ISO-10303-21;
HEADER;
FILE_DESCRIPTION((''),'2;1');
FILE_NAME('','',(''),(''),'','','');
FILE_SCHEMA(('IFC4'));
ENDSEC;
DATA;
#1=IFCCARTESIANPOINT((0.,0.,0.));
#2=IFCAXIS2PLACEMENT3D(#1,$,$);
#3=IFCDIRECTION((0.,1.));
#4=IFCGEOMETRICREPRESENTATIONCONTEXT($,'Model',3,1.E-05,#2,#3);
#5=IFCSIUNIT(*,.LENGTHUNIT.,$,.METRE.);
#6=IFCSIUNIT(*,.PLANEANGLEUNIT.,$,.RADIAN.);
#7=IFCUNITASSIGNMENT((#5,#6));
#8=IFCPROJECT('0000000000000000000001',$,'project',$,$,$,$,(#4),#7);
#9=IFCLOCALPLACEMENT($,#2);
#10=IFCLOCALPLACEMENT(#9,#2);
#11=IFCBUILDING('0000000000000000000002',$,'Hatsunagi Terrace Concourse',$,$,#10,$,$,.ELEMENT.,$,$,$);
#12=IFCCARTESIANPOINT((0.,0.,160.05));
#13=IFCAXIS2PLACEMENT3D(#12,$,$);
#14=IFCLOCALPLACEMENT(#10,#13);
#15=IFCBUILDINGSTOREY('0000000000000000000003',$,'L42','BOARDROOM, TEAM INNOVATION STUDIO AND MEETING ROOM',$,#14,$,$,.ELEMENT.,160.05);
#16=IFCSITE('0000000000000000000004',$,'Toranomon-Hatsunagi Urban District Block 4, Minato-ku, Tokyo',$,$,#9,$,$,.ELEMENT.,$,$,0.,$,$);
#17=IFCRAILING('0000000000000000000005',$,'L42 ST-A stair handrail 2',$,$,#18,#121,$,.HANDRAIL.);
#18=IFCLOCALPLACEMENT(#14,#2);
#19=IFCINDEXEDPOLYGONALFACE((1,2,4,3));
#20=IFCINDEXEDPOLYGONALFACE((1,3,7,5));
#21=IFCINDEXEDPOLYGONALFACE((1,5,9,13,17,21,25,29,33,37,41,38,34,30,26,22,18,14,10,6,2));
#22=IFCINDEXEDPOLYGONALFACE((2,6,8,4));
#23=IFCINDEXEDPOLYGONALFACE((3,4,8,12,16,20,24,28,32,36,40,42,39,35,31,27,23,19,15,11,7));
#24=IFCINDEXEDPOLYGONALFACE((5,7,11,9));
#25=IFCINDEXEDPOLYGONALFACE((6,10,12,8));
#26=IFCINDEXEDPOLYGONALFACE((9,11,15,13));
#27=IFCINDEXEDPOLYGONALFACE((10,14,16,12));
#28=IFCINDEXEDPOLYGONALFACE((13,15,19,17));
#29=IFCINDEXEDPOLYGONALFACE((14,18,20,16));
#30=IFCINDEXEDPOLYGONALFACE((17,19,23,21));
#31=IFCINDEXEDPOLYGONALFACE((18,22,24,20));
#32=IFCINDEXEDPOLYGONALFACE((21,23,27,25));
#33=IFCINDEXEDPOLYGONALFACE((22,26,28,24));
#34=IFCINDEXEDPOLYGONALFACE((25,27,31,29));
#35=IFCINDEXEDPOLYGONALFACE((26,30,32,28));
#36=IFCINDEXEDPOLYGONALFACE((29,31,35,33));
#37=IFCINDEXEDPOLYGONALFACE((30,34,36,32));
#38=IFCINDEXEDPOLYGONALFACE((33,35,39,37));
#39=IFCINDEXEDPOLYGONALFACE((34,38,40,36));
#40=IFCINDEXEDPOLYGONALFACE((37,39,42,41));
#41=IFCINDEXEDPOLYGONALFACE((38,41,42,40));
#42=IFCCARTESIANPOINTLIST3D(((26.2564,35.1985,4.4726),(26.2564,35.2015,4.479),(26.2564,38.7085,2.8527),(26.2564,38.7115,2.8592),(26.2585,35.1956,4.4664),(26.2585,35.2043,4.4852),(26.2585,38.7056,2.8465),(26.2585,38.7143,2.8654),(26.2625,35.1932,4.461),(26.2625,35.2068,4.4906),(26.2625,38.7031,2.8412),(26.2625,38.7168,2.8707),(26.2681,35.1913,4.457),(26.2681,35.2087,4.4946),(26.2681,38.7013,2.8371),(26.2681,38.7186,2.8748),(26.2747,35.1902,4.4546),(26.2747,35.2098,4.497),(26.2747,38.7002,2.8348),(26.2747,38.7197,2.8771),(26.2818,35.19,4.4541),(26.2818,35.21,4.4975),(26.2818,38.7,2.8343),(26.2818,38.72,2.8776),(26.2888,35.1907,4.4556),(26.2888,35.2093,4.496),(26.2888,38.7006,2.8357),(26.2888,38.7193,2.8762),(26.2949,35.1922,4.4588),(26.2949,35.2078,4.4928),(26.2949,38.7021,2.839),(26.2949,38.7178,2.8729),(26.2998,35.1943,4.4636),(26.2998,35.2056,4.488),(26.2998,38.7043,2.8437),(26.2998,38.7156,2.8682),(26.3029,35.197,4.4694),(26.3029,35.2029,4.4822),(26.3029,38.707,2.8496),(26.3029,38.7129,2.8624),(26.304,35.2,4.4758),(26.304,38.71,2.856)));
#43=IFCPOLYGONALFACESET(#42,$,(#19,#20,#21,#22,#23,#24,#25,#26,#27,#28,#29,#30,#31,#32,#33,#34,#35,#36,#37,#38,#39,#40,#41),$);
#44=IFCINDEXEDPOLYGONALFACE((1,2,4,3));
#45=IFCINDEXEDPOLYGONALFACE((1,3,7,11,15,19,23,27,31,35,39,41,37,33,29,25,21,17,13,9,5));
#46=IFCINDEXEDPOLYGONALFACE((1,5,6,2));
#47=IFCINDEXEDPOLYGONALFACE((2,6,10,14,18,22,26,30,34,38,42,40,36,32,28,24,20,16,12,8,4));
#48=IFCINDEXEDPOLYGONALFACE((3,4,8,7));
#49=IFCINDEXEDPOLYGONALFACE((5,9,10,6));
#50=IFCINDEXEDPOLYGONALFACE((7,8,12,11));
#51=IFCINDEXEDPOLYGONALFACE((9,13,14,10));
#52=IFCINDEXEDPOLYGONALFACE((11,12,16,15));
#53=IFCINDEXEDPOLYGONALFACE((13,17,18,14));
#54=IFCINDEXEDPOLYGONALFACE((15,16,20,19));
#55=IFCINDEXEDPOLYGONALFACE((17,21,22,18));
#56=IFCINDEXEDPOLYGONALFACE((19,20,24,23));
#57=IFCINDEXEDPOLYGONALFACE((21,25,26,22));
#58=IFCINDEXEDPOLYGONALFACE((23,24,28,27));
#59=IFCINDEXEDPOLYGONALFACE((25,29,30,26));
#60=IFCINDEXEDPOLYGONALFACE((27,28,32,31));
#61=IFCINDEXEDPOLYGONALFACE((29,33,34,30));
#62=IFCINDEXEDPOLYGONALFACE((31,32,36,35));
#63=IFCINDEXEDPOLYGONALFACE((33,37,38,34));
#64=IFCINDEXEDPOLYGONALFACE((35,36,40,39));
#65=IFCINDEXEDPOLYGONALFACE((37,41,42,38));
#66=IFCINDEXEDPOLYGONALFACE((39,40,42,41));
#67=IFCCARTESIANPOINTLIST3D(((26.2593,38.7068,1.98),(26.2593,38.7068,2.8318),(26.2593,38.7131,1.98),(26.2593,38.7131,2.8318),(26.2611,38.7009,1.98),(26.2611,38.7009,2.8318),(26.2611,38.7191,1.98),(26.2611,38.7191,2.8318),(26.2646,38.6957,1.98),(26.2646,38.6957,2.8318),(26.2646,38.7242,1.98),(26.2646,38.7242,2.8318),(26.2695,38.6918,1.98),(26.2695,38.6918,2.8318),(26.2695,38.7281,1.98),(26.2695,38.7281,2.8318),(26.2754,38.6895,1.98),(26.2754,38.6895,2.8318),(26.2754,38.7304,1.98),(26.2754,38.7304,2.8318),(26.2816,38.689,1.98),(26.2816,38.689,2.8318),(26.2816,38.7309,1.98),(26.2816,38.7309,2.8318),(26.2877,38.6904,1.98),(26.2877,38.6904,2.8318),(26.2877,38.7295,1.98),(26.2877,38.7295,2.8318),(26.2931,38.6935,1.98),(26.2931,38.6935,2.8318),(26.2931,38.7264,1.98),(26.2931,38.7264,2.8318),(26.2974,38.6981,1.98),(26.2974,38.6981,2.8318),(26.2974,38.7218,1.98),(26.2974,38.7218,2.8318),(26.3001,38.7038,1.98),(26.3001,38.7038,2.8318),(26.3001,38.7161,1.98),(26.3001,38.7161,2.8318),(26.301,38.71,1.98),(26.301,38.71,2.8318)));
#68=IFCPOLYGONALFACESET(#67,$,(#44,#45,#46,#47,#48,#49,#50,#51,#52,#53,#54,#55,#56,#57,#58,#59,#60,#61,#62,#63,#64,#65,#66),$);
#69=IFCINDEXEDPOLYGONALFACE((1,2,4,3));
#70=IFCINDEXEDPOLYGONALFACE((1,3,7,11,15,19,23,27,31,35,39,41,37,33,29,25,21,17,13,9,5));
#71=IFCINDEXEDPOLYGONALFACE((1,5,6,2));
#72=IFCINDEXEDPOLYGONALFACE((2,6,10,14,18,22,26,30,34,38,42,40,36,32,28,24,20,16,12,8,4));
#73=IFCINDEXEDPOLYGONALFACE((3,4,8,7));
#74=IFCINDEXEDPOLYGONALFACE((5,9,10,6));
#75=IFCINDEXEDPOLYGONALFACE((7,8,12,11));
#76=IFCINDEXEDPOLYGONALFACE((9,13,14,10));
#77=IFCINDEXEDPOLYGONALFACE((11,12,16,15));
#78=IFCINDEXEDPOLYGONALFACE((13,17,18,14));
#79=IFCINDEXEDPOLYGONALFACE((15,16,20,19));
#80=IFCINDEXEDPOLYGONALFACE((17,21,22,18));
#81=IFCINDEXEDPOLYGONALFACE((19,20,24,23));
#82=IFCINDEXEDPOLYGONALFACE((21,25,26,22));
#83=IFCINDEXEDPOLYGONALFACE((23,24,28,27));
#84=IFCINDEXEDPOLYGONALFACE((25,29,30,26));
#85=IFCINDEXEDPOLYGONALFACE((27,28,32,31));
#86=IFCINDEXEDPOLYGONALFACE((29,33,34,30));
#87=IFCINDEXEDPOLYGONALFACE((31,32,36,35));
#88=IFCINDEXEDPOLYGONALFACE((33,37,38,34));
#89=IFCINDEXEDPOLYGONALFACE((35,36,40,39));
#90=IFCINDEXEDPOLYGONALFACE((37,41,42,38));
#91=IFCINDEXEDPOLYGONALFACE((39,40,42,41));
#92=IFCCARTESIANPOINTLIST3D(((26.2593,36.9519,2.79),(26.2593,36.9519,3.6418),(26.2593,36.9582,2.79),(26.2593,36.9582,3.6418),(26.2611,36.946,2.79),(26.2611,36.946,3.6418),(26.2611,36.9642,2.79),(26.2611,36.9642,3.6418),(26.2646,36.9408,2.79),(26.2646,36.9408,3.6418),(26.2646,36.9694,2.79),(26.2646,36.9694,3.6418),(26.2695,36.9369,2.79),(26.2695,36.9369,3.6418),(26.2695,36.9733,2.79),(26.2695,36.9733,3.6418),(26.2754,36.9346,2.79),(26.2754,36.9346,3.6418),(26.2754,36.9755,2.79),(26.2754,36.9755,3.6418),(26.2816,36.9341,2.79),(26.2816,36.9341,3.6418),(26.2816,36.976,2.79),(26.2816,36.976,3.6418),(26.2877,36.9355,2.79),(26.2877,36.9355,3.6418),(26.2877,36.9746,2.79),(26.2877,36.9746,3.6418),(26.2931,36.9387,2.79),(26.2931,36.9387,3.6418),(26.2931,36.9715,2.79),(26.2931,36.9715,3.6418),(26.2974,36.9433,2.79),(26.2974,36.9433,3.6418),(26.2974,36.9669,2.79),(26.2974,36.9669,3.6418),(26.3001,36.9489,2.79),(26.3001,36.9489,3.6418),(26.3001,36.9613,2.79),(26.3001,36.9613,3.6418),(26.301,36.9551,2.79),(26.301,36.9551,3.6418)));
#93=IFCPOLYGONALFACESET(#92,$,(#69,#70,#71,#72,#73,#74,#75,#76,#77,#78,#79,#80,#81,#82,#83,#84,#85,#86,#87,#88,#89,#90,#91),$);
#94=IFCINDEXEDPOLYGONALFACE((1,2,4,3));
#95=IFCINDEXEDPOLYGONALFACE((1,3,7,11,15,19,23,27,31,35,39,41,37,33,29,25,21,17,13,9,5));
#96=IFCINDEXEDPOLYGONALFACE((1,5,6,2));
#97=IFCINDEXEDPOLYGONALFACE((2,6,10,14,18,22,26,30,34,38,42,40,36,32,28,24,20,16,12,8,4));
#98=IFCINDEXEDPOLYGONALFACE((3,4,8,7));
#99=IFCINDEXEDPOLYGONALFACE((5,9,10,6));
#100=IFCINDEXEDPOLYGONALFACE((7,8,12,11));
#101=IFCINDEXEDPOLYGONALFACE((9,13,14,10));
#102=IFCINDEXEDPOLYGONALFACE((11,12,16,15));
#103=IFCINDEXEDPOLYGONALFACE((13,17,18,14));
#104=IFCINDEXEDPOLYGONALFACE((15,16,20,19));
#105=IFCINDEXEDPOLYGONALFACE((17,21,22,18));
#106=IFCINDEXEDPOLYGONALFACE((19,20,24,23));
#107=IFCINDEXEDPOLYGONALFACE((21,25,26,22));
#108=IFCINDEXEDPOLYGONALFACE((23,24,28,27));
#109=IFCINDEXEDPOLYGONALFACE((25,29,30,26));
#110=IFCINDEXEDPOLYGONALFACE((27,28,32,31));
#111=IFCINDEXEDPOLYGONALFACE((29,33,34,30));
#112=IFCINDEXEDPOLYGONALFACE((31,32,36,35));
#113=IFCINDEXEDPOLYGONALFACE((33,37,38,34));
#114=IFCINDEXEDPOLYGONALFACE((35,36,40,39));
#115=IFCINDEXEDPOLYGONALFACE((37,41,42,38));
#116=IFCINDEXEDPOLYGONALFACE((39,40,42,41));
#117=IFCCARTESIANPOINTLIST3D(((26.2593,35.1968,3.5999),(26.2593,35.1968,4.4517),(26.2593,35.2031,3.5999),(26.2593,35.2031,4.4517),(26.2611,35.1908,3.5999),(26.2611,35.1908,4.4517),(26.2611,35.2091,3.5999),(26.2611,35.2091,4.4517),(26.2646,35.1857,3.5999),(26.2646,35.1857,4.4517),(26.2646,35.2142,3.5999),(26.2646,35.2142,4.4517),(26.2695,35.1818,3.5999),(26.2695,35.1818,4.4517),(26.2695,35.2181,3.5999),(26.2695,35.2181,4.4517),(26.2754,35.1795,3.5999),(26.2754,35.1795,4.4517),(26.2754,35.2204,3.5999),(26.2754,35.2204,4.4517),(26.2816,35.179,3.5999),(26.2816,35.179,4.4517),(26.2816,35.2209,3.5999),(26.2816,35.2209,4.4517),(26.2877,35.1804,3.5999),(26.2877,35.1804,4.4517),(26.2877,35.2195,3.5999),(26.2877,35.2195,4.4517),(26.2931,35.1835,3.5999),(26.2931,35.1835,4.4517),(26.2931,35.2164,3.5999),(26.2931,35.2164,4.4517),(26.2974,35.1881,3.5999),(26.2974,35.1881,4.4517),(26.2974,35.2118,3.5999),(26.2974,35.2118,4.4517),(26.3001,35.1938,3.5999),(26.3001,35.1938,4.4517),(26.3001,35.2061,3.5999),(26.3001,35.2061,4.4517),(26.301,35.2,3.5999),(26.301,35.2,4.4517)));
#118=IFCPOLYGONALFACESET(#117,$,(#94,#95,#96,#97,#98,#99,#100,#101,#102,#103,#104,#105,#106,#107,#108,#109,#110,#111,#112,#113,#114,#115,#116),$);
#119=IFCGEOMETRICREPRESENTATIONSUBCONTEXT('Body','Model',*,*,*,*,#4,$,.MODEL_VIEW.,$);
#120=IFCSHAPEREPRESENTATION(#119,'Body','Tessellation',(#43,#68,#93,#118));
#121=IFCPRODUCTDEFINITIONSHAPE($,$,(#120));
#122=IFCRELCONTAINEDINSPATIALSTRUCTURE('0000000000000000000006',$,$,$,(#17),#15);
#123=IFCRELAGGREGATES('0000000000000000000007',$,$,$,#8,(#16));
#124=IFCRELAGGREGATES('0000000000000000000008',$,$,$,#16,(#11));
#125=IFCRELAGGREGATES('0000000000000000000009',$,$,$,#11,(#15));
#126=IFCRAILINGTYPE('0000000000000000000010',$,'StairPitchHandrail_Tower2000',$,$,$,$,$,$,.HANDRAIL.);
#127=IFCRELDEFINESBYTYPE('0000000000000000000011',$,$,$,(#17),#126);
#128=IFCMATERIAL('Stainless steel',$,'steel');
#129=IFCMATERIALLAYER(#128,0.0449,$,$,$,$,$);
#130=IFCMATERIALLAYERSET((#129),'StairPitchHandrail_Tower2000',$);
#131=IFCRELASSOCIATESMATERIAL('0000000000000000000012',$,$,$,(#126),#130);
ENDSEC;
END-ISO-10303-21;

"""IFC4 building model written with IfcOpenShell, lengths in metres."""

from ifc_helpers import new_model, si_unit, direction, frame, origin, origin_2d, place, context, subcontext, project, spatial, circle, extrude, material, layer, layer_set, type_object, element, save


model = new_model("IFC4")

# Units and contexts
model_context = context("Model", 3, precision=1e-05, world=origin(), true_north=direction((0.0, 1.0)))
body_context = subcontext(model_context, "Body", "Model", "MODEL_VIEW")
ifc_project = project(units=[si_unit("LENGTHUNIT", "METRE"), si_unit("PLANEANGLEUNIT", "RADIAN")], contexts=[model_context])

# Site, building, storey
site_placement = place(None, origin())
site = spatial("IfcSite", under=ifc_project, at=site_placement, Name="Toranomon-Hatsunagi Urban District Block 4, Minato-ku, Tokyo", CompositionType="ELEMENT", RefElevation=0.0)
building_placement = place(site_placement, origin())
building = spatial("IfcBuilding", under=site, at=building_placement, Name="Hatsunagi Terrace Concourse", CompositionType="ELEMENT")
storey_placement = place(building_placement, frame((0.0, 0.0, 160.05)))
storey = spatial("IfcBuildingStorey", under=building, at=storey_placement, Name="L42", Description="BOARDROOM, TEAM INNOVATION STUDIO AND MEETING ROOM", CompositionType="ELEMENT", Elevation=160.05)

# Railing
ifc_material_1 = material(Name="Stainless steel", Category="steel")
ifc_layer_1 = layer(ifc_material_1, 0.0449)
ifc_layer_set_1 = layer_set([ifc_layer_1], Name="StairPitchHandrail_Tower2000")
railing_type_1 = type_object("IfcRailingType", Name="StairPitchHandrail_Tower2000", PredefinedType="HANDRAIL", material=ifc_layer_set_1)
railing_1_placement = place(storey_placement, frame((26.28, 38.71, 1.98)))
element("IfcRailing", 1, at=railing_1_placement, inside=storey, type_object=railing_type_1, Name="L42 ST-A stair handrail 2", PredefinedType="HANDRAIL", context=body_context, shape_type="SweptSolid", body=[
    extrude(circle(Radius=0.0239, at=origin_2d()), frame((0.0, 0.0, 0.876), z_axis=(0.0, -0.907972, 0.41903), x_axis=(1.0, 0.0, 0.0)), (0.0, 0.0, 1.0), 3.8657),
    extrude(circle(Radius=0.021, at=origin_2d()), origin(), (0.0, 0.0, 1.0), 0.8518),
    extrude(circle(Radius=0.021, at=origin_2d()), frame((0.0, -1.7549, 0.8101)), (0.0, 0.0, 1.0), 0.8518),
    extrude(circle(Radius=0.021, at=origin_2d()), frame((0.0, -3.51, 1.6199)), (0.0, 0.0, 1.0), 0.8518),
])

save(model, "model.ifc")
